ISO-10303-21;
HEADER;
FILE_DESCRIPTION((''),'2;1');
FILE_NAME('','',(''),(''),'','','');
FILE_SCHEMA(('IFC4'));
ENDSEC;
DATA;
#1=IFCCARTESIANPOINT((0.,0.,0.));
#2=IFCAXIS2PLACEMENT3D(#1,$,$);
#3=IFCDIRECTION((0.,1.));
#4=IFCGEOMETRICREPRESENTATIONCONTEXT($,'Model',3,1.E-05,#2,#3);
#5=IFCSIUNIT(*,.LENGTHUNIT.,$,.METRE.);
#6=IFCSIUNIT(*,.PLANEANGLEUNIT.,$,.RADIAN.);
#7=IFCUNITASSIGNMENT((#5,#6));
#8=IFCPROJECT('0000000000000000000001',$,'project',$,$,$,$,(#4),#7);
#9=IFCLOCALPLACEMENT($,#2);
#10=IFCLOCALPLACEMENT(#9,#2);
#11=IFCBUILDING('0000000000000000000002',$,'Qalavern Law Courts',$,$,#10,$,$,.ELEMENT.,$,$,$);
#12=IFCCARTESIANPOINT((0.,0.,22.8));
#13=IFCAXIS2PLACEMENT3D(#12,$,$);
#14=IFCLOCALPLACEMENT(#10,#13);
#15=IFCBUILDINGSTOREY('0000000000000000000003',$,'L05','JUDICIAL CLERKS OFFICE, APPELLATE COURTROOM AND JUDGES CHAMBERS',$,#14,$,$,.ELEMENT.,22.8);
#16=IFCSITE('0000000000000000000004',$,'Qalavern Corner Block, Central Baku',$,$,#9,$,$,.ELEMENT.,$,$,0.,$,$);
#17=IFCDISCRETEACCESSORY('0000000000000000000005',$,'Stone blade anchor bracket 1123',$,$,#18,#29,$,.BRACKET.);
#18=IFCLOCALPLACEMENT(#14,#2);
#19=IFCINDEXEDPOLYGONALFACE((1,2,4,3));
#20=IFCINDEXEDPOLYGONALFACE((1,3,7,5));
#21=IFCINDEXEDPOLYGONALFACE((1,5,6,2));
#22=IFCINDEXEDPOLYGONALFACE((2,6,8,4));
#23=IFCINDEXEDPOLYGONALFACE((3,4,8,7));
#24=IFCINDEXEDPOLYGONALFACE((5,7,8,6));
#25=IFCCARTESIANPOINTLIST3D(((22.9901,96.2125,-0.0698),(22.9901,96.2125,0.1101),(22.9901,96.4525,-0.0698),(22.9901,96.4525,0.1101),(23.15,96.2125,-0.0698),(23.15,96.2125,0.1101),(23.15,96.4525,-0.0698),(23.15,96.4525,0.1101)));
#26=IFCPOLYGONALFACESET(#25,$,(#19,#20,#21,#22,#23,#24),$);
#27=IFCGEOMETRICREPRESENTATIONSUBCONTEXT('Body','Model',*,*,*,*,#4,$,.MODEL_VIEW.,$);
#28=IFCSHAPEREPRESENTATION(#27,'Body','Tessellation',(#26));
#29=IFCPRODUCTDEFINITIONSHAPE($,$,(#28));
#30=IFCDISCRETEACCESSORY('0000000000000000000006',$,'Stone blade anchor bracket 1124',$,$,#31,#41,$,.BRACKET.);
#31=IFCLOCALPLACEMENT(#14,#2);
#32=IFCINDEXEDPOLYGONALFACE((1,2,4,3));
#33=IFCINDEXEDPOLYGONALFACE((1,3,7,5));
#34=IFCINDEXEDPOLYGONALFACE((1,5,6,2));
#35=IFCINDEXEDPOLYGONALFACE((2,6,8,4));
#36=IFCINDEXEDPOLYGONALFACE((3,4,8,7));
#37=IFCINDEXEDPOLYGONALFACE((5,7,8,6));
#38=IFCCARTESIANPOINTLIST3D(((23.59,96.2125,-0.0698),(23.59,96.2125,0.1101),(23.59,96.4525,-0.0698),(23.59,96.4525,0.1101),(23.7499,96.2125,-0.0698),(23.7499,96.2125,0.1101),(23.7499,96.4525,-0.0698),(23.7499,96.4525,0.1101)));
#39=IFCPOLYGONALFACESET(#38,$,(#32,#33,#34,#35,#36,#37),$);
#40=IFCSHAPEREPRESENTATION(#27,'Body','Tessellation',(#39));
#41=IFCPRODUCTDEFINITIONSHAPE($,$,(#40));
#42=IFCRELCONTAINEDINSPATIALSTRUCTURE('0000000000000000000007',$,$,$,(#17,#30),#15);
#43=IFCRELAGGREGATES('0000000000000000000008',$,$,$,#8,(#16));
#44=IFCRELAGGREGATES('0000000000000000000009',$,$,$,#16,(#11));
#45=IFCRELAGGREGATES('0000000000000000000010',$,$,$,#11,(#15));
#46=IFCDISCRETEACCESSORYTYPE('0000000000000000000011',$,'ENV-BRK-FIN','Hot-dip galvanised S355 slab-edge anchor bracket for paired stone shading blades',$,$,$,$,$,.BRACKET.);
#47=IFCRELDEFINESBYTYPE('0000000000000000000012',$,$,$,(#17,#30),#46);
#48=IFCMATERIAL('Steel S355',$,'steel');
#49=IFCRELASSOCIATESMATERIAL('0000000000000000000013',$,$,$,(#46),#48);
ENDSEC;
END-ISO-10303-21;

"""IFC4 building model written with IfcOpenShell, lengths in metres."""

from ifc_helpers import new_model, si_unit, direction, frame, origin, origin_2d, place, context, subcontext, project, spatial, rectangle, extrude, material, type_object, element, save


model = new_model("IFC4")

# Units and contexts
model_context = context("Model", 3, precision=1e-05, world=origin(), true_north=direction((0.0, 1.0)))
body_context = subcontext(model_context, "Body", "Model", "MODEL_VIEW")
ifc_project = project(units=[si_unit("LENGTHUNIT", "METRE"), si_unit("PLANEANGLEUNIT", "RADIAN")], contexts=[model_context])

# Site, building, storey
site_placement = place(None, origin())
site = spatial("IfcSite", under=ifc_project, at=site_placement, Name="Qalavern Corner Block, Central Baku", CompositionType="ELEMENT", RefElevation=0.0)
building_placement = place(site_placement, origin())
building = spatial("IfcBuilding", under=site, at=building_placement, Name="Qalavern Law Courts", CompositionType="ELEMENT")
storey_placement = place(building_placement, frame((0.0, 0.0, 22.8)))
storey = spatial("IfcBuildingStorey", under=building, at=storey_placement, Name="L05", Description="JUDICIAL CLERKS OFFICE, APPELLATE COURTROOM AND JUDGES CHAMBERS", CompositionType="ELEMENT", Elevation=22.8)

# Discrete accessories
ifc_material_1 = material(Name="Steel S355", Category="steel")
discrete_accessory_type = type_object("IfcDiscreteAccessoryType", Name="ENV-BRK-FIN", Description="Hot-dip galvanised S355 slab-edge anchor bracket for paired stone shading blades", PredefinedType="BRACKET", material=ifc_material_1)
for number, where, z_axis, x_axis, name in (
    (1, (23.0701, 96.3325, -0.0698), (0.0, 0.0, 1.0), (0.0, -1.0, 0.0), "Stone blade anchor bracket 1123"),
    (2, (23.6699, 96.3325, -0.0698), (0.0, 0.0, 1.0), (0.0, -1.0, 0.0), "Stone blade anchor bracket 1124"),
):
    element("IfcDiscreteAccessory", number, at=place(storey_placement, frame(where, z_axis=z_axis, x_axis=x_axis)), inside=storey, type_object=discrete_accessory_type, Name=name, PredefinedType="BRACKET", context=body_context, shape_type="SweptSolid", body=[
        extrude(rectangle(XDim=0.24, YDim=0.1599, at=origin_2d()), origin(), (0.0, 0.0, 1.0), 0.1799),
    ])

save(model, "model.ifc")
